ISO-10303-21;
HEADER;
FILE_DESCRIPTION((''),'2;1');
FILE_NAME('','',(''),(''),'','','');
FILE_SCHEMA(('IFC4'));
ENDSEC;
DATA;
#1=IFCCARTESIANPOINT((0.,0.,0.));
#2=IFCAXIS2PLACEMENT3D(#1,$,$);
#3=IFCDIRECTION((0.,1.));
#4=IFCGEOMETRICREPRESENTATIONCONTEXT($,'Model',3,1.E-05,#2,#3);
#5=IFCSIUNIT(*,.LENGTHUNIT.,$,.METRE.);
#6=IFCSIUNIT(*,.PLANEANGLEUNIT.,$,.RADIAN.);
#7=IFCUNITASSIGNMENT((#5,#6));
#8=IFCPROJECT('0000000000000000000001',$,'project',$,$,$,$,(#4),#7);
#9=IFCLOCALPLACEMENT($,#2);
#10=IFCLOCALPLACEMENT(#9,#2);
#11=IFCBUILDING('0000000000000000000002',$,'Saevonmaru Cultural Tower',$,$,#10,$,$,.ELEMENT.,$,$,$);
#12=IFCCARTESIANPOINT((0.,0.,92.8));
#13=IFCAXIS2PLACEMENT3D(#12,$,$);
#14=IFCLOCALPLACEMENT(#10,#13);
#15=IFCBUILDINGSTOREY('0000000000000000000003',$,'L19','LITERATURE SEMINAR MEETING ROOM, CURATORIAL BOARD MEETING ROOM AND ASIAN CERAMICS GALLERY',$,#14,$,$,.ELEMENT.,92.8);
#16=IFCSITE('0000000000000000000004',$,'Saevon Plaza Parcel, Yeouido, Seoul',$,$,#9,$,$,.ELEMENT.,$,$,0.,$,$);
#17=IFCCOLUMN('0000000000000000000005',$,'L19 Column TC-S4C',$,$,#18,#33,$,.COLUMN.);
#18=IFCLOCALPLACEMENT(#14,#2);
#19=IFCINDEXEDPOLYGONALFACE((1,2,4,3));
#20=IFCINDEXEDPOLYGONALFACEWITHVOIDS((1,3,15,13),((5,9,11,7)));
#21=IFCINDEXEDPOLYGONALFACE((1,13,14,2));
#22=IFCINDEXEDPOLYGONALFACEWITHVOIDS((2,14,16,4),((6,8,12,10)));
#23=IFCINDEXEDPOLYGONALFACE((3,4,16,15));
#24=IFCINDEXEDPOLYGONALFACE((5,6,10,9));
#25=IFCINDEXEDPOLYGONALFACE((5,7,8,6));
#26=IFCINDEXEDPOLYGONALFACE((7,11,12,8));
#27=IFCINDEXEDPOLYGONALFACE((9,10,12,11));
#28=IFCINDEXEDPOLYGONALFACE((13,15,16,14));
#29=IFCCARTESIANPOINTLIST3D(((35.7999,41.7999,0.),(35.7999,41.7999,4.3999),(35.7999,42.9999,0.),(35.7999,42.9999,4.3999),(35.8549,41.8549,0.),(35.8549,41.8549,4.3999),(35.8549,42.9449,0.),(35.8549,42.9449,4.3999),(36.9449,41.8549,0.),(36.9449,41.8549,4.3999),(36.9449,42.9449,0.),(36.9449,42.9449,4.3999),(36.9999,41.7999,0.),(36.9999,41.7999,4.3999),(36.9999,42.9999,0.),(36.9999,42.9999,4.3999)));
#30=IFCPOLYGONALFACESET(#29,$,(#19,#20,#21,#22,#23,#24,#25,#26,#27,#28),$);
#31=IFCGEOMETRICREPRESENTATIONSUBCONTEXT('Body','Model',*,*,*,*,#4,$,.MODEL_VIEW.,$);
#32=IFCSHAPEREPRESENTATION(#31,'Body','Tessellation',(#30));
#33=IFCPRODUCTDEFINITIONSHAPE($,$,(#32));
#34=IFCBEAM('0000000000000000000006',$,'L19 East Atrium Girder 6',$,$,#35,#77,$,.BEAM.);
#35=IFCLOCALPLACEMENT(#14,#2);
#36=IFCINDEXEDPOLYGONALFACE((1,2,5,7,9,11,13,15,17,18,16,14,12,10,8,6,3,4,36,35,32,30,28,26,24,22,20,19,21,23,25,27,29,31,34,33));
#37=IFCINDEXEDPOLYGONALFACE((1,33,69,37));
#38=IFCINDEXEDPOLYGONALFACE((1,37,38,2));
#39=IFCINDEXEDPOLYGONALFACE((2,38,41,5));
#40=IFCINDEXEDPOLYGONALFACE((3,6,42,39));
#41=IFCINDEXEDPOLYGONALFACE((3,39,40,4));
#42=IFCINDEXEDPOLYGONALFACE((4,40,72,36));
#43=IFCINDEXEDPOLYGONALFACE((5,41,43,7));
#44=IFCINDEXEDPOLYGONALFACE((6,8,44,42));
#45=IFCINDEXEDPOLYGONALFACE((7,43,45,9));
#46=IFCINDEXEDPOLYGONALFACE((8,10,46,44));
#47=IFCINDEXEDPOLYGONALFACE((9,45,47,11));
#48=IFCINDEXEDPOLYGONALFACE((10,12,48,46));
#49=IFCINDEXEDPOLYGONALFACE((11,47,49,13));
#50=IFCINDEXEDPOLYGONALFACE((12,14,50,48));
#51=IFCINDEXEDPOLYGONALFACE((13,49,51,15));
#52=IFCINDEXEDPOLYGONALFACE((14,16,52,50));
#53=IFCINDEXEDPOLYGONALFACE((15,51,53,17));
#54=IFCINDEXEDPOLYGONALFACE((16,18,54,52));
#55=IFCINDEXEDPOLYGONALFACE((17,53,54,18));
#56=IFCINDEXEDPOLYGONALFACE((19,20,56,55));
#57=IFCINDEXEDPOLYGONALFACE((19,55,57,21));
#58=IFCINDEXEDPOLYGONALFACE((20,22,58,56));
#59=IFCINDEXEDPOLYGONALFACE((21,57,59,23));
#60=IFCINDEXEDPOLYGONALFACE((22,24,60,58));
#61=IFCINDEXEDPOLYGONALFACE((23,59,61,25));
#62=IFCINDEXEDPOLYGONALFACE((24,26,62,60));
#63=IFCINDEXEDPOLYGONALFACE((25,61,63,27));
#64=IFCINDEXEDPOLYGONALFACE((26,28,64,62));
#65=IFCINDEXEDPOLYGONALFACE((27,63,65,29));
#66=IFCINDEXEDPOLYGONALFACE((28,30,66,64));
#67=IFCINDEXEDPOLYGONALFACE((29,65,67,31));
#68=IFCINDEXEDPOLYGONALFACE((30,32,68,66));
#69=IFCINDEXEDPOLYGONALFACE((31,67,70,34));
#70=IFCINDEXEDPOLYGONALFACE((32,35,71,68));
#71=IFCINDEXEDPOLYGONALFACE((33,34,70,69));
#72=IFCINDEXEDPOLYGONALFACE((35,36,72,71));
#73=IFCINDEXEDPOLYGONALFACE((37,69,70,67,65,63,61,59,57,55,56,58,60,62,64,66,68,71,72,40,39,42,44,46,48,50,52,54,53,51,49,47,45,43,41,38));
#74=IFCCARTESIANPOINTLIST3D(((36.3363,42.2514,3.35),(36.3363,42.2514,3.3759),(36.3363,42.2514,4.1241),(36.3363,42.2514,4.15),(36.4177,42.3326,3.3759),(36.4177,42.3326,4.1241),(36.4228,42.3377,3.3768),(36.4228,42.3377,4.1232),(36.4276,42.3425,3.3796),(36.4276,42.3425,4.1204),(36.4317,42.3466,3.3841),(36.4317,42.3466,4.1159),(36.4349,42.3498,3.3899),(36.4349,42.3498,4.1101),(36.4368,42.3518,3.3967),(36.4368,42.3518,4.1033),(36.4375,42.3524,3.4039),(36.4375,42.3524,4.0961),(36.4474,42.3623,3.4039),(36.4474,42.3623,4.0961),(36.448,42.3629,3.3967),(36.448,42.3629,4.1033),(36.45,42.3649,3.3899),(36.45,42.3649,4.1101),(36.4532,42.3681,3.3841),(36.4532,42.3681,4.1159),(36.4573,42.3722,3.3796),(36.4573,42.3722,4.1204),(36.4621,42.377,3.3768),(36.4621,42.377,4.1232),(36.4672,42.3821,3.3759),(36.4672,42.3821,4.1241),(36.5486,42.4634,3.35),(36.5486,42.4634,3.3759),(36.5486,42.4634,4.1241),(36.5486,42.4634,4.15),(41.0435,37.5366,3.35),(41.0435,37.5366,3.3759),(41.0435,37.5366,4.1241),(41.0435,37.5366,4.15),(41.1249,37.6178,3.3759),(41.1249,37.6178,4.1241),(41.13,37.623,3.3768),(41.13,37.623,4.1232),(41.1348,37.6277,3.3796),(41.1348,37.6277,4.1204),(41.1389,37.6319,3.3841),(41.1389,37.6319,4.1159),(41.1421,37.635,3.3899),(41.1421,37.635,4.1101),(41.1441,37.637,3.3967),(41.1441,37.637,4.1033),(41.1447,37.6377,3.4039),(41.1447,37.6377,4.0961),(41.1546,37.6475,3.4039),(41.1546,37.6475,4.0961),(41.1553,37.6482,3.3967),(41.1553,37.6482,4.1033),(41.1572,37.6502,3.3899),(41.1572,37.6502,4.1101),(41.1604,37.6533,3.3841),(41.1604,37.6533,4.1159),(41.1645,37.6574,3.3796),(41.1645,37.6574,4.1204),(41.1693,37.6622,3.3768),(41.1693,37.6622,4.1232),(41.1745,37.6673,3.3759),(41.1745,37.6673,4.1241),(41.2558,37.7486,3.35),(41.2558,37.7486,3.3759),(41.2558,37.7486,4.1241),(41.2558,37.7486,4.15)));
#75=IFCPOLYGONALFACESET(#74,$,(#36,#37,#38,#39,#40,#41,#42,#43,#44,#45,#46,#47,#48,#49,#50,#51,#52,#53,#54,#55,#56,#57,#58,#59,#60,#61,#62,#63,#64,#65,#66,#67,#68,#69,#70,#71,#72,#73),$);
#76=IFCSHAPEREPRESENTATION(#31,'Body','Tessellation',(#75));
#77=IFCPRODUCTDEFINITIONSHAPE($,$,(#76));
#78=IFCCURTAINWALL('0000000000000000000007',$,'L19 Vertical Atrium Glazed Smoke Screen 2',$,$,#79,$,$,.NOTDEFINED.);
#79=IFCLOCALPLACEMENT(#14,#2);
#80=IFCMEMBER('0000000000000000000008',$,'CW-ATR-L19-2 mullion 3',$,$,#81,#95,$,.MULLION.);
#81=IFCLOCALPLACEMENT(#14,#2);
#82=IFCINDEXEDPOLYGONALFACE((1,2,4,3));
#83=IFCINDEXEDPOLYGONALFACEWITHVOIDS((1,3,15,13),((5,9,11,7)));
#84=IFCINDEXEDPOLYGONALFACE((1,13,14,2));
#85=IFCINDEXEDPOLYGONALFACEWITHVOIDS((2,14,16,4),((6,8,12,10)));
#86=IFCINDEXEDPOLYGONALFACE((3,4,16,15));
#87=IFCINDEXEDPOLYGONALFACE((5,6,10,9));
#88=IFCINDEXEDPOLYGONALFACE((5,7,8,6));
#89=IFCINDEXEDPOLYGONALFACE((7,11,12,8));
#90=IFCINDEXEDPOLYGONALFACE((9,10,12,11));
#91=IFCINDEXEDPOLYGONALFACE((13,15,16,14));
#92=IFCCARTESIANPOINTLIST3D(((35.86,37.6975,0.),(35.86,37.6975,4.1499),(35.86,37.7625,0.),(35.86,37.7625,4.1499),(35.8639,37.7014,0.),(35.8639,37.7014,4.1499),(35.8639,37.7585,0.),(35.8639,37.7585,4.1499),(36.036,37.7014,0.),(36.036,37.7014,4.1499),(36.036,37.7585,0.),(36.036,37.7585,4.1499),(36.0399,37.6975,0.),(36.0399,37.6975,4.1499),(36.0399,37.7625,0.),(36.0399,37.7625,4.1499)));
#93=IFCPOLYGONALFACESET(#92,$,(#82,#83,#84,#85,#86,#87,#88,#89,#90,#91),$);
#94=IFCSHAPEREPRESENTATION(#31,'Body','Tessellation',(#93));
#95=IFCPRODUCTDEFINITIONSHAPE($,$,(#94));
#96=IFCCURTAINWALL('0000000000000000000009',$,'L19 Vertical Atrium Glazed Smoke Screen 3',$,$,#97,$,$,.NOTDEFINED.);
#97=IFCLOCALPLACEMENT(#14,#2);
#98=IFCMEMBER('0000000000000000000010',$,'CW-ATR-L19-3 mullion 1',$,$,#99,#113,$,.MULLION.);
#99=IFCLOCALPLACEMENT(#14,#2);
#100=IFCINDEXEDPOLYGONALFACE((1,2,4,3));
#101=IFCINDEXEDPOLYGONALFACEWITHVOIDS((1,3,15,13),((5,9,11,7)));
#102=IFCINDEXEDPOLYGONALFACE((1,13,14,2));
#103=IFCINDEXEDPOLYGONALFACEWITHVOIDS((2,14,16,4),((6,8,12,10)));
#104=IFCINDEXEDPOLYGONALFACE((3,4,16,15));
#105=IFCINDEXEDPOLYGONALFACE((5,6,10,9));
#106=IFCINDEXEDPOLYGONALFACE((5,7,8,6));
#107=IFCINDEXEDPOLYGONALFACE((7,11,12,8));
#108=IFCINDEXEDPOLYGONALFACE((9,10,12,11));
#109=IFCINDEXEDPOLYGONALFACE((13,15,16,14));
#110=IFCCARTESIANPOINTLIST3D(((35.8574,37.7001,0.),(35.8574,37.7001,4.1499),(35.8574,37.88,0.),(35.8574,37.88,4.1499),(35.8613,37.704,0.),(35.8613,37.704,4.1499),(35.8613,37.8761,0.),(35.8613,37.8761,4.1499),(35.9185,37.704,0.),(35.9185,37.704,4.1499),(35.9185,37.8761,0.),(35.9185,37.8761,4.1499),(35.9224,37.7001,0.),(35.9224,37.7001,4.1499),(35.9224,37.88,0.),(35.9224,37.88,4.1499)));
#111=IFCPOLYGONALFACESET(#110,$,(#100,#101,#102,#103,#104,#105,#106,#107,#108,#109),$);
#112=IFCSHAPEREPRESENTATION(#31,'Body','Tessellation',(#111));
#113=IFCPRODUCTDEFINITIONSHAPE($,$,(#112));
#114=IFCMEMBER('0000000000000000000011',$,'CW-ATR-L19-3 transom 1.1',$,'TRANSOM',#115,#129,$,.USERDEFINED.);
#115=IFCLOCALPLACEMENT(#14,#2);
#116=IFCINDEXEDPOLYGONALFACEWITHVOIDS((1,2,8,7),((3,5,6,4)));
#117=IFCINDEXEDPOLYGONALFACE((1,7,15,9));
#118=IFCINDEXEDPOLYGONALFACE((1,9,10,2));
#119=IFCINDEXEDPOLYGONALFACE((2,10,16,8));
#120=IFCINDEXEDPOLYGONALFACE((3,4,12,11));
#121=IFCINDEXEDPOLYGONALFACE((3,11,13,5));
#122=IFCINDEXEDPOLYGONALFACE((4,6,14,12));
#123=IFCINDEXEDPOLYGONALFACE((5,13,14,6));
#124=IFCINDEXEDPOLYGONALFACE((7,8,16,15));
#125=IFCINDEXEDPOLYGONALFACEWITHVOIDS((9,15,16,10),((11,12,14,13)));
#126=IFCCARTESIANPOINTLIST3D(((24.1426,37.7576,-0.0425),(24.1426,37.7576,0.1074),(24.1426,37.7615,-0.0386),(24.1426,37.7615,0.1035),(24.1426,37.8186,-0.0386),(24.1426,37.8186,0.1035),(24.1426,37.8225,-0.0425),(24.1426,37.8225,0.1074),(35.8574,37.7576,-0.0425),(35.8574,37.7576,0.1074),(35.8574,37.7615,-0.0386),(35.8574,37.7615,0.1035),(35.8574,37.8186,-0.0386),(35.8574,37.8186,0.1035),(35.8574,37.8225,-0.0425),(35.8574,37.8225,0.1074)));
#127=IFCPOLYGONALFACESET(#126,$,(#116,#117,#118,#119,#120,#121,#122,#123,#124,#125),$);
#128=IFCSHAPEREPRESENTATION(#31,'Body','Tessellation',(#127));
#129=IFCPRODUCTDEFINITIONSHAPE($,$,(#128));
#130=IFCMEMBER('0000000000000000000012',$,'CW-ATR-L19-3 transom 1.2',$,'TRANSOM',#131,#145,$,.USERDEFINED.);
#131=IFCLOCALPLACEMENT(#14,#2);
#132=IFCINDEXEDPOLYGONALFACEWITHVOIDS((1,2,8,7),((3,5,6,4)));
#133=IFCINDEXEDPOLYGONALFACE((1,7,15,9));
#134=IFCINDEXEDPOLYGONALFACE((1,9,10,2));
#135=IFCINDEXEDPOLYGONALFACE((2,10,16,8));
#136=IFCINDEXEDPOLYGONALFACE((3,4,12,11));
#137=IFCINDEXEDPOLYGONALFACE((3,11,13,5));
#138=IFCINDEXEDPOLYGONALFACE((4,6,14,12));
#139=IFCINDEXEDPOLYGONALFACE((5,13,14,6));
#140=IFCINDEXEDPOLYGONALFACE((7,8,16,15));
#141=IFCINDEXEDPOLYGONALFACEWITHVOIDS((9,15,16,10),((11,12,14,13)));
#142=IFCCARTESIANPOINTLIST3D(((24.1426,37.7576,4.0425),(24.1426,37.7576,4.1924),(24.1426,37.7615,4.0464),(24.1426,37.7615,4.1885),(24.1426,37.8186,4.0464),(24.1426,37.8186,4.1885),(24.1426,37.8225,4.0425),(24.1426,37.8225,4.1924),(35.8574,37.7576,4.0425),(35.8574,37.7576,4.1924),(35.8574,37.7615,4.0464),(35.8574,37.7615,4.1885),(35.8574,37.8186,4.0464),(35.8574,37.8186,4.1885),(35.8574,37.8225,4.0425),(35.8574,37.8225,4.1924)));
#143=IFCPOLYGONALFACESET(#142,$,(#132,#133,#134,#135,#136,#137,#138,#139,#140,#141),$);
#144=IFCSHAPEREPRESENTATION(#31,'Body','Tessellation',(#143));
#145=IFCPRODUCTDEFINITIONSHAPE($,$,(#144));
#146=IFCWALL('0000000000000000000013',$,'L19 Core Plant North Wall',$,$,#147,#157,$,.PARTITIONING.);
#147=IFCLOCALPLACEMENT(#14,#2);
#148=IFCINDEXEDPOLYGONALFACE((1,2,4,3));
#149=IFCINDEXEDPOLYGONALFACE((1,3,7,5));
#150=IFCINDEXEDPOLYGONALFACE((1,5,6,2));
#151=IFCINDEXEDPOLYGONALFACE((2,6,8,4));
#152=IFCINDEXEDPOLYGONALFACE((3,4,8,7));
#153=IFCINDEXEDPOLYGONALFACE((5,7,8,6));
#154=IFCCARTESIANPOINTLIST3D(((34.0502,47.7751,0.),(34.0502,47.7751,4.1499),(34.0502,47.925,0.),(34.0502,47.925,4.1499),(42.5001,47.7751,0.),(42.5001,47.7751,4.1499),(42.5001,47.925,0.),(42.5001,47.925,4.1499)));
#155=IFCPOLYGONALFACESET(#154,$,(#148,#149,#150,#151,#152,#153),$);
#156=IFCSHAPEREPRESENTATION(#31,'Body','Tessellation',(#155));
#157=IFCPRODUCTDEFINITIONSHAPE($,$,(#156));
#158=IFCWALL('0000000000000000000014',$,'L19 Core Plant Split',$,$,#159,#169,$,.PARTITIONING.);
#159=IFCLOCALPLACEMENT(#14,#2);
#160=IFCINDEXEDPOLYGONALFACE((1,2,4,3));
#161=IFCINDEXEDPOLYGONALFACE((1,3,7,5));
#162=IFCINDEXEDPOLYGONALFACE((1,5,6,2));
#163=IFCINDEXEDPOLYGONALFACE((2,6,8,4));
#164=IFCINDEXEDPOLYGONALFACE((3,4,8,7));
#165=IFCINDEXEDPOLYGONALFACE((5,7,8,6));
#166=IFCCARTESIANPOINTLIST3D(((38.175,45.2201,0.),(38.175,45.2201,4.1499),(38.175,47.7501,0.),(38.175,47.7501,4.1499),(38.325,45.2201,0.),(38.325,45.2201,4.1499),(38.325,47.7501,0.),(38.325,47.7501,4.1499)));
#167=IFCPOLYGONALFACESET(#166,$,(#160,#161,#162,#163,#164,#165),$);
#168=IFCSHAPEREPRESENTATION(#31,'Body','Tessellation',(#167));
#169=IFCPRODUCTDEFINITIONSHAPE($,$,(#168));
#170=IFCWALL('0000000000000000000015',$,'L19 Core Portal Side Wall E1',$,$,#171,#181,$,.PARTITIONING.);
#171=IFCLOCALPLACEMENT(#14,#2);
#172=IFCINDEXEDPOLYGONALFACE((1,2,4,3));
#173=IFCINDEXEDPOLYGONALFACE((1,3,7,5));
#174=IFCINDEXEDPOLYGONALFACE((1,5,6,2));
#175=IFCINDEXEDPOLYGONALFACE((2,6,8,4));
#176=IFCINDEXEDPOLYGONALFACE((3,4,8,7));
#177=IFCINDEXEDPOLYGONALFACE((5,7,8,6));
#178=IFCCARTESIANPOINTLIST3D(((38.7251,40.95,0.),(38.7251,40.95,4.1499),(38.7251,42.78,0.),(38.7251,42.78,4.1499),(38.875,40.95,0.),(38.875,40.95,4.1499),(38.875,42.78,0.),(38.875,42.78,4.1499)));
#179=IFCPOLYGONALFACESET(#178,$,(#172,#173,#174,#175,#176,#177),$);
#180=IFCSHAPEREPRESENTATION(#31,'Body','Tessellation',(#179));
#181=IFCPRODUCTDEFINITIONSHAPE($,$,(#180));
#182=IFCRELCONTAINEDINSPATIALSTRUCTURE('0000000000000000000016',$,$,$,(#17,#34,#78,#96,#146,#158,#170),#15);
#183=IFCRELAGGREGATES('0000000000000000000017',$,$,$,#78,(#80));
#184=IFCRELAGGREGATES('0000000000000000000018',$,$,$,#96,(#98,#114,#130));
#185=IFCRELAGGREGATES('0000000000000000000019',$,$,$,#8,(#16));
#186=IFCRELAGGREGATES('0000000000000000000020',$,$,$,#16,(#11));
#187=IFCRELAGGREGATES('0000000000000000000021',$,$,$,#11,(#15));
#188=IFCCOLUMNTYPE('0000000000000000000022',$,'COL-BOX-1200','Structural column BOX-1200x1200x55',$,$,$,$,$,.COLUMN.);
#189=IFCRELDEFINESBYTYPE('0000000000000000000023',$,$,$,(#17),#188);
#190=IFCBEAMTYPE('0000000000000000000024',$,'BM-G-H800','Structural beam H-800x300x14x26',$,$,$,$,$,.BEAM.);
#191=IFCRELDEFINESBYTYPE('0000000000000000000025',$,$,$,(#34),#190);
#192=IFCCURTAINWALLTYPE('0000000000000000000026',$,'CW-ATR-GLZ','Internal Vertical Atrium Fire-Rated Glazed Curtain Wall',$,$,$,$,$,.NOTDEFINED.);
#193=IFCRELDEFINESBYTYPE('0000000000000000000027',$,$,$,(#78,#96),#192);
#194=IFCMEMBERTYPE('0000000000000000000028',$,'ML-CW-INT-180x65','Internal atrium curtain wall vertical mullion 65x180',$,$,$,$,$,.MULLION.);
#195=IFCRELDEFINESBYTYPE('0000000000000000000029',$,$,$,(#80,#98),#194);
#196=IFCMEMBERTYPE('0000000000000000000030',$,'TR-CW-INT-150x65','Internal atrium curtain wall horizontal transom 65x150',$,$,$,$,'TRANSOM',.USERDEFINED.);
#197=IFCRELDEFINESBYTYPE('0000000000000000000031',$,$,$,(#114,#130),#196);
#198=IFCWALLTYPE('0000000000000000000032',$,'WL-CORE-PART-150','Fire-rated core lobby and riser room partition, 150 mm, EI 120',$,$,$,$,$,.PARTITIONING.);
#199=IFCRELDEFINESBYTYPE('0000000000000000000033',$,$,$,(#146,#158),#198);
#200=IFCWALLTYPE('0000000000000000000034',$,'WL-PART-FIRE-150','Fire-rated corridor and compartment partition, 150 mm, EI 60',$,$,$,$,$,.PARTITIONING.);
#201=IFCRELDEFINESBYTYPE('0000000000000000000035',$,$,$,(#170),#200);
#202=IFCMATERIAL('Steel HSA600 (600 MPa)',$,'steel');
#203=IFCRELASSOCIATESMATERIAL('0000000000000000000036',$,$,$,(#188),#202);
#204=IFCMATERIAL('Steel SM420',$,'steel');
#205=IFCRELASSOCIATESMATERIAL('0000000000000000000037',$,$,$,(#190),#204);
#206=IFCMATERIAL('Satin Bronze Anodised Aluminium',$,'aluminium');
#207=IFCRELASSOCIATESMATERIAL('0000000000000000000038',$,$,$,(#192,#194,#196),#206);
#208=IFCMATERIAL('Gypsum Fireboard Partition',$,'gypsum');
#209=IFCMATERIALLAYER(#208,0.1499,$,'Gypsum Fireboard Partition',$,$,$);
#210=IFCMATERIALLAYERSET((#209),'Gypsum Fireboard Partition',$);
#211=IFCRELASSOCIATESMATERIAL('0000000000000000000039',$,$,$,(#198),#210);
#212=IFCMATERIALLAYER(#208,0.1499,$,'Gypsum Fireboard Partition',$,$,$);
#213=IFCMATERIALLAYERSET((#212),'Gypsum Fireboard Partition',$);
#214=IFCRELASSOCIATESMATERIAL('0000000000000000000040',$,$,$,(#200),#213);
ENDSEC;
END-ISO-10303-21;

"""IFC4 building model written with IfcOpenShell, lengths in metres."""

from ifc_helpers import new_model, si_unit, direction, frame, frame_2d, origin, origin_2d, place, context, subcontext, project, spatial, rectangle, hollow_rectangle, i_section, extrude, material, layer, layer_set, material_profile, profile_set, type_object, element, aggregate, save


model = new_model("IFC4")

# Units and contexts
model_context = context("Model", 3, precision=1e-05, world=origin(), true_north=direction((0.0, 1.0)))
body_context = subcontext(model_context, "Body", "Model", "MODEL_VIEW")
ifc_project = project(units=[si_unit("LENGTHUNIT", "METRE"), si_unit("PLANEANGLEUNIT", "RADIAN")], contexts=[model_context])

# Site, building, storey
site_placement = place(None, origin())
site = spatial("IfcSite", under=ifc_project, at=site_placement, Name="Saevon Plaza Parcel, Yeouido, Seoul", CompositionType="ELEMENT", RefElevation=0.0)
building_placement = place(site_placement, origin())
building = spatial("IfcBuilding", under=site, at=building_placement, Name="Saevonmaru Cultural Tower", CompositionType="ELEMENT")
storey_placement = place(building_placement, frame((0.0, 0.0, 92.8)))
storey = spatial("IfcBuildingStorey", under=building, at=storey_placement, Name="L19", Description="LITERATURE SEMINAR MEETING ROOM, CURATORIAL BOARD MEETING ROOM AND ASIAN CERAMICS GALLERY", CompositionType="ELEMENT", Elevation=92.8)

# Column
ifc_material_1 = material(Name="Steel HSA600 (600 MPa)", Category="steel")
ifc_material_profile_1 = material_profile(ifc_material_1, hollow_rectangle(XDim=1.2, YDim=1.2, WallThickness=0.0549, at=origin_2d()), Name="BOX-1200x1200x55")
ifc_profile_set_1 = profile_set([ifc_material_profile_1], Name="Steel HSA600 (600 MPa)")
column_type = type_object("IfcColumnType", Name="COL-BOX-1200", Description="Structural column BOX-1200x1200x55", PredefinedType="COLUMN", material=ifc_profile_set_1)
column_placement = place(storey_placement, frame((36.3999, 42.3999, 0.0), z_axis=(0.0, 0.0, 1.0), x_axis=(1.0, 0.0, 0.0)))
element("IfcColumn", 1, at=column_placement, inside=storey, type_object=column_type, Name="L19 Column TC-S4C", PredefinedType="COLUMN", context=body_context, shape_type="SweptSolid", body=[
    extrude(hollow_rectangle(XDim=1.2, YDim=1.2, WallThickness=0.0549, at=origin_2d()), origin(), (0.0, 0.0, 1.0), 4.3999),
])

# Beam
ifc_material_2 = material(Name="Steel SM420", Category="steel")
ifc_material_profile_2 = material_profile(ifc_material_2, i_section(OverallWidth=0.3, OverallDepth=0.8, WebThickness=0.0139, FlangeThickness=0.0259, FilletRadius=0.0281, at=origin_2d()), Name="H-800x300x14x26")
ifc_profile_set_2 = profile_set([ifc_material_profile_2], Name="Steel SM420")
beam_type = type_object("IfcBeamType", Name="BM-G-H800", Description="Structural beam H-800x300x14x26", PredefinedType="BEAM", material=ifc_profile_set_2)
beam_placement = place(storey_placement, frame((41.1497, 37.6426, 3.75), z_axis=(-0.706539, 0.707675, 0.0), x_axis=(-0.707675, -0.706539, 0.0)))
element("IfcBeam", 2, at=beam_placement, inside=storey, type_object=beam_type, Name="L19 East Atrium Girder 6", PredefinedType="BEAM", context=body_context, shape_type="SweptSolid", body=[
    extrude(i_section(OverallWidth=0.3, OverallDepth=0.8, WebThickness=0.0139, FlangeThickness=0.0259, FilletRadius=0.0281, at=origin_2d()), origin(), (0.0, 0.0, 1.0), 6.6624),
])

# Curtain wall, member
ifc_material_3 = material(Name="Satin Bronze Anodised Aluminium", Category="aluminium")
curtain_wall_type = type_object("IfcCurtainWallType", Name="CW-ATR-GLZ", Description="Internal Vertical Atrium Fire-Rated Glazed Curtain Wall", PredefinedType="NOTDEFINED", material=ifc_material_3)
curtain_wall_1_placement = place(storey_placement, origin())
curtain_wall_1 = element("IfcCurtainWall", 3, at=curtain_wall_1_placement, inside=storey, type_object=curtain_wall_type, Name="L19 Vertical Atrium Glazed Smoke Screen 2", PredefinedType="NOTDEFINED")
ifc_material_profile_3 = material_profile(ifc_material_3, hollow_rectangle(XDim=0.0649, YDim=0.1799, WallThickness=0.0039, at=origin_2d()), Name="ALU-MULL-180x65x4")
ifc_profile_set_3 = profile_set([ifc_material_profile_3], Name="Satin Bronze Anodised Aluminium")
member_type_1 = type_object("IfcMemberType", Name="ML-CW-INT-180x65", Description="Internal atrium curtain wall vertical mullion 65x180", PredefinedType="MULLION", material=ifc_profile_set_3)
member_1_placement = place(storey_placement, frame((35.95, 37.73, 0.0), z_axis=(0.0, 0.0, 1.0), x_axis=(0.0, 1.0, 0.0)))
member_1 = element("IfcMember", 4, at=member_1_placement, type_object=member_type_1, Name="CW-ATR-L19-2 mullion 3", PredefinedType="MULLION", context=body_context, shape_type="SweptSolid", body=[
    extrude(hollow_rectangle(XDim=0.0649, YDim=0.1799, WallThickness=0.0039, at=origin_2d()), origin(), (0.0, 0.0, 1.0), 4.1499),
])
aggregate(curtain_wall_1, [member_1])

# Curtain wall, members
curtain_wall_2_placement = place(storey_placement, origin())
curtain_wall_2 = element("IfcCurtainWall", 5, at=curtain_wall_2_placement, inside=storey, type_object=curtain_wall_type, Name="L19 Vertical Atrium Glazed Smoke Screen 3", PredefinedType="NOTDEFINED")
member_2_placement = place(storey_placement, frame((35.8899, 37.79, 0.0), z_axis=(0.0, 0.0, 1.0), x_axis=(-1.0, 0.0, 0.0)))
member_2 = element("IfcMember", 6, at=member_2_placement, type_object=member_type_1, Name="CW-ATR-L19-3 mullion 1", PredefinedType="MULLION", context=body_context, shape_type="SweptSolid", body=[
    extrude(hollow_rectangle(XDim=0.0649, YDim=0.1799, WallThickness=0.0039, at=origin_2d()), origin(), (0.0, 0.0, 1.0), 4.1499),
])
ifc_material_profile_4 = material_profile(ifc_material_3, hollow_rectangle(XDim=0.0649, YDim=0.1499, WallThickness=0.0039, at=origin_2d()), Name="ALU-TRAN-150x65x4")
ifc_profile_set_4 = profile_set([ifc_material_profile_4], Name="Satin Bronze Anodised Aluminium")
member_type_2 = type_object("IfcMemberType", Name="TR-CW-INT-150x65", Description="Internal atrium curtain wall horizontal transom 65x150", ElementType="TRANSOM", PredefinedType="USERDEFINED", material=ifc_profile_set_4)
member_3_placement = place(storey_placement, frame((35.8574, 37.79, 0.0325), z_axis=(-1.0, 0.0, 0.0), x_axis=(0.0, -1.0, 0.0)))
member_3 = element("IfcMember", 7, at=member_3_placement, type_object=member_type_2, Name="CW-ATR-L19-3 transom 1.1", ObjectType="TRANSOM", PredefinedType="USERDEFINED", context=body_context, shape_type="SweptSolid", body=[
    extrude(hollow_rectangle(XDim=0.0649, YDim=0.1499, WallThickness=0.0039, at=origin_2d()), origin(), (0.0, 0.0, 1.0), 11.7148),
])
member_4_placement = place(storey_placement, frame((35.8574, 37.79, 4.1174), z_axis=(-1.0, 0.0, 0.0), x_axis=(0.0, -1.0, 0.0)))
member_4 = element("IfcMember", 8, at=member_4_placement, type_object=member_type_2, Name="CW-ATR-L19-3 transom 1.2", ObjectType="TRANSOM", PredefinedType="USERDEFINED", context=body_context, shape_type="SweptSolid", body=[
    extrude(hollow_rectangle(XDim=0.0649, YDim=0.1499, WallThickness=0.0039, at=origin_2d()), origin(), (0.0, 0.0, 1.0), 11.7148),
])
aggregate(curtain_wall_2, [member_2, member_3, member_4])

# Walls
ifc_material_4 = material(Name="Gypsum Fireboard Partition", Category="gypsum")
ifc_layer_1 = layer(ifc_material_4, 0.1499, Name="Gypsum Fireboard Partition")
ifc_layer_set_1 = layer_set([ifc_layer_1], Name="Gypsum Fireboard Partition")
wall_type_1 = type_object("IfcWallType", Name="WL-CORE-PART-150", Description="Fire-rated core lobby and riser room partition, 150 mm, EI 120", PredefinedType="PARTITIONING", material=ifc_layer_set_1)
wall_1_placement = place(storey_placement, frame((34.05, 47.8501, 0.0), z_axis=(0.0, 0.0, 1.0), x_axis=(1.0, 0.0, 0.0)))
element("IfcWall", 9, at=wall_1_placement, inside=storey, type_object=wall_type_1, Name="L19 Core Plant North Wall", PredefinedType="PARTITIONING", context=body_context, shape_type="SweptSolid", body=[
    extrude(rectangle(XDim=8.45, YDim=0.1499, at=frame_2d((4.2251, 0.0))), origin(), (0.0, 0.0, 1.0), 4.1499),
])
wall_2_placement = place(storey_placement, frame((38.25, 45.22, 0.0), z_axis=(0.0, 0.0, 1.0), x_axis=(0.0, 1.0, 0.0)))
element("IfcWall", 10, at=wall_2_placement, inside=storey, type_object=wall_type_1, Name="L19 Core Plant Split", PredefinedType="PARTITIONING", context=body_context, shape_type="SweptSolid", body=[
    extrude(rectangle(XDim=2.53, YDim=0.1499, at=frame_2d((1.2651, 0.0))), origin(), (0.0, 0.0, 1.0), 4.1499),
])
ifc_layer_2 = layer(ifc_material_4, 0.1499, Name="Gypsum Fireboard Partition")
ifc_layer_set_2 = layer_set([ifc_layer_2], Name="Gypsum Fireboard Partition")
wall_type_2 = type_object("IfcWallType", Name="WL-PART-FIRE-150", Description="Fire-rated corridor and compartment partition, 150 mm, EI 60", PredefinedType="PARTITIONING", material=ifc_layer_set_2)
for number, where, z_axis, x_axis, name in (
    (11, (38.8, 40.95, 0.0), (0.0, 0.0, 1.0), (0.0, 1.0, 0.0), "L19 Core Portal Side Wall E1"),
):
    element("IfcWall", number, at=place(storey_placement, frame(where, z_axis=z_axis, x_axis=x_axis)), inside=storey, type_object=wall_type_2, Name=name, PredefinedType="PARTITIONING", context=body_context, shape_type="SweptSolid", body=[
        extrude(rectangle(XDim=1.8301, YDim=0.1499, at=frame_2d((0.915, 0.0))), origin(), (0.0, 0.0, 1.0), 4.1499),
    ])

save(model, "model.ifc")
